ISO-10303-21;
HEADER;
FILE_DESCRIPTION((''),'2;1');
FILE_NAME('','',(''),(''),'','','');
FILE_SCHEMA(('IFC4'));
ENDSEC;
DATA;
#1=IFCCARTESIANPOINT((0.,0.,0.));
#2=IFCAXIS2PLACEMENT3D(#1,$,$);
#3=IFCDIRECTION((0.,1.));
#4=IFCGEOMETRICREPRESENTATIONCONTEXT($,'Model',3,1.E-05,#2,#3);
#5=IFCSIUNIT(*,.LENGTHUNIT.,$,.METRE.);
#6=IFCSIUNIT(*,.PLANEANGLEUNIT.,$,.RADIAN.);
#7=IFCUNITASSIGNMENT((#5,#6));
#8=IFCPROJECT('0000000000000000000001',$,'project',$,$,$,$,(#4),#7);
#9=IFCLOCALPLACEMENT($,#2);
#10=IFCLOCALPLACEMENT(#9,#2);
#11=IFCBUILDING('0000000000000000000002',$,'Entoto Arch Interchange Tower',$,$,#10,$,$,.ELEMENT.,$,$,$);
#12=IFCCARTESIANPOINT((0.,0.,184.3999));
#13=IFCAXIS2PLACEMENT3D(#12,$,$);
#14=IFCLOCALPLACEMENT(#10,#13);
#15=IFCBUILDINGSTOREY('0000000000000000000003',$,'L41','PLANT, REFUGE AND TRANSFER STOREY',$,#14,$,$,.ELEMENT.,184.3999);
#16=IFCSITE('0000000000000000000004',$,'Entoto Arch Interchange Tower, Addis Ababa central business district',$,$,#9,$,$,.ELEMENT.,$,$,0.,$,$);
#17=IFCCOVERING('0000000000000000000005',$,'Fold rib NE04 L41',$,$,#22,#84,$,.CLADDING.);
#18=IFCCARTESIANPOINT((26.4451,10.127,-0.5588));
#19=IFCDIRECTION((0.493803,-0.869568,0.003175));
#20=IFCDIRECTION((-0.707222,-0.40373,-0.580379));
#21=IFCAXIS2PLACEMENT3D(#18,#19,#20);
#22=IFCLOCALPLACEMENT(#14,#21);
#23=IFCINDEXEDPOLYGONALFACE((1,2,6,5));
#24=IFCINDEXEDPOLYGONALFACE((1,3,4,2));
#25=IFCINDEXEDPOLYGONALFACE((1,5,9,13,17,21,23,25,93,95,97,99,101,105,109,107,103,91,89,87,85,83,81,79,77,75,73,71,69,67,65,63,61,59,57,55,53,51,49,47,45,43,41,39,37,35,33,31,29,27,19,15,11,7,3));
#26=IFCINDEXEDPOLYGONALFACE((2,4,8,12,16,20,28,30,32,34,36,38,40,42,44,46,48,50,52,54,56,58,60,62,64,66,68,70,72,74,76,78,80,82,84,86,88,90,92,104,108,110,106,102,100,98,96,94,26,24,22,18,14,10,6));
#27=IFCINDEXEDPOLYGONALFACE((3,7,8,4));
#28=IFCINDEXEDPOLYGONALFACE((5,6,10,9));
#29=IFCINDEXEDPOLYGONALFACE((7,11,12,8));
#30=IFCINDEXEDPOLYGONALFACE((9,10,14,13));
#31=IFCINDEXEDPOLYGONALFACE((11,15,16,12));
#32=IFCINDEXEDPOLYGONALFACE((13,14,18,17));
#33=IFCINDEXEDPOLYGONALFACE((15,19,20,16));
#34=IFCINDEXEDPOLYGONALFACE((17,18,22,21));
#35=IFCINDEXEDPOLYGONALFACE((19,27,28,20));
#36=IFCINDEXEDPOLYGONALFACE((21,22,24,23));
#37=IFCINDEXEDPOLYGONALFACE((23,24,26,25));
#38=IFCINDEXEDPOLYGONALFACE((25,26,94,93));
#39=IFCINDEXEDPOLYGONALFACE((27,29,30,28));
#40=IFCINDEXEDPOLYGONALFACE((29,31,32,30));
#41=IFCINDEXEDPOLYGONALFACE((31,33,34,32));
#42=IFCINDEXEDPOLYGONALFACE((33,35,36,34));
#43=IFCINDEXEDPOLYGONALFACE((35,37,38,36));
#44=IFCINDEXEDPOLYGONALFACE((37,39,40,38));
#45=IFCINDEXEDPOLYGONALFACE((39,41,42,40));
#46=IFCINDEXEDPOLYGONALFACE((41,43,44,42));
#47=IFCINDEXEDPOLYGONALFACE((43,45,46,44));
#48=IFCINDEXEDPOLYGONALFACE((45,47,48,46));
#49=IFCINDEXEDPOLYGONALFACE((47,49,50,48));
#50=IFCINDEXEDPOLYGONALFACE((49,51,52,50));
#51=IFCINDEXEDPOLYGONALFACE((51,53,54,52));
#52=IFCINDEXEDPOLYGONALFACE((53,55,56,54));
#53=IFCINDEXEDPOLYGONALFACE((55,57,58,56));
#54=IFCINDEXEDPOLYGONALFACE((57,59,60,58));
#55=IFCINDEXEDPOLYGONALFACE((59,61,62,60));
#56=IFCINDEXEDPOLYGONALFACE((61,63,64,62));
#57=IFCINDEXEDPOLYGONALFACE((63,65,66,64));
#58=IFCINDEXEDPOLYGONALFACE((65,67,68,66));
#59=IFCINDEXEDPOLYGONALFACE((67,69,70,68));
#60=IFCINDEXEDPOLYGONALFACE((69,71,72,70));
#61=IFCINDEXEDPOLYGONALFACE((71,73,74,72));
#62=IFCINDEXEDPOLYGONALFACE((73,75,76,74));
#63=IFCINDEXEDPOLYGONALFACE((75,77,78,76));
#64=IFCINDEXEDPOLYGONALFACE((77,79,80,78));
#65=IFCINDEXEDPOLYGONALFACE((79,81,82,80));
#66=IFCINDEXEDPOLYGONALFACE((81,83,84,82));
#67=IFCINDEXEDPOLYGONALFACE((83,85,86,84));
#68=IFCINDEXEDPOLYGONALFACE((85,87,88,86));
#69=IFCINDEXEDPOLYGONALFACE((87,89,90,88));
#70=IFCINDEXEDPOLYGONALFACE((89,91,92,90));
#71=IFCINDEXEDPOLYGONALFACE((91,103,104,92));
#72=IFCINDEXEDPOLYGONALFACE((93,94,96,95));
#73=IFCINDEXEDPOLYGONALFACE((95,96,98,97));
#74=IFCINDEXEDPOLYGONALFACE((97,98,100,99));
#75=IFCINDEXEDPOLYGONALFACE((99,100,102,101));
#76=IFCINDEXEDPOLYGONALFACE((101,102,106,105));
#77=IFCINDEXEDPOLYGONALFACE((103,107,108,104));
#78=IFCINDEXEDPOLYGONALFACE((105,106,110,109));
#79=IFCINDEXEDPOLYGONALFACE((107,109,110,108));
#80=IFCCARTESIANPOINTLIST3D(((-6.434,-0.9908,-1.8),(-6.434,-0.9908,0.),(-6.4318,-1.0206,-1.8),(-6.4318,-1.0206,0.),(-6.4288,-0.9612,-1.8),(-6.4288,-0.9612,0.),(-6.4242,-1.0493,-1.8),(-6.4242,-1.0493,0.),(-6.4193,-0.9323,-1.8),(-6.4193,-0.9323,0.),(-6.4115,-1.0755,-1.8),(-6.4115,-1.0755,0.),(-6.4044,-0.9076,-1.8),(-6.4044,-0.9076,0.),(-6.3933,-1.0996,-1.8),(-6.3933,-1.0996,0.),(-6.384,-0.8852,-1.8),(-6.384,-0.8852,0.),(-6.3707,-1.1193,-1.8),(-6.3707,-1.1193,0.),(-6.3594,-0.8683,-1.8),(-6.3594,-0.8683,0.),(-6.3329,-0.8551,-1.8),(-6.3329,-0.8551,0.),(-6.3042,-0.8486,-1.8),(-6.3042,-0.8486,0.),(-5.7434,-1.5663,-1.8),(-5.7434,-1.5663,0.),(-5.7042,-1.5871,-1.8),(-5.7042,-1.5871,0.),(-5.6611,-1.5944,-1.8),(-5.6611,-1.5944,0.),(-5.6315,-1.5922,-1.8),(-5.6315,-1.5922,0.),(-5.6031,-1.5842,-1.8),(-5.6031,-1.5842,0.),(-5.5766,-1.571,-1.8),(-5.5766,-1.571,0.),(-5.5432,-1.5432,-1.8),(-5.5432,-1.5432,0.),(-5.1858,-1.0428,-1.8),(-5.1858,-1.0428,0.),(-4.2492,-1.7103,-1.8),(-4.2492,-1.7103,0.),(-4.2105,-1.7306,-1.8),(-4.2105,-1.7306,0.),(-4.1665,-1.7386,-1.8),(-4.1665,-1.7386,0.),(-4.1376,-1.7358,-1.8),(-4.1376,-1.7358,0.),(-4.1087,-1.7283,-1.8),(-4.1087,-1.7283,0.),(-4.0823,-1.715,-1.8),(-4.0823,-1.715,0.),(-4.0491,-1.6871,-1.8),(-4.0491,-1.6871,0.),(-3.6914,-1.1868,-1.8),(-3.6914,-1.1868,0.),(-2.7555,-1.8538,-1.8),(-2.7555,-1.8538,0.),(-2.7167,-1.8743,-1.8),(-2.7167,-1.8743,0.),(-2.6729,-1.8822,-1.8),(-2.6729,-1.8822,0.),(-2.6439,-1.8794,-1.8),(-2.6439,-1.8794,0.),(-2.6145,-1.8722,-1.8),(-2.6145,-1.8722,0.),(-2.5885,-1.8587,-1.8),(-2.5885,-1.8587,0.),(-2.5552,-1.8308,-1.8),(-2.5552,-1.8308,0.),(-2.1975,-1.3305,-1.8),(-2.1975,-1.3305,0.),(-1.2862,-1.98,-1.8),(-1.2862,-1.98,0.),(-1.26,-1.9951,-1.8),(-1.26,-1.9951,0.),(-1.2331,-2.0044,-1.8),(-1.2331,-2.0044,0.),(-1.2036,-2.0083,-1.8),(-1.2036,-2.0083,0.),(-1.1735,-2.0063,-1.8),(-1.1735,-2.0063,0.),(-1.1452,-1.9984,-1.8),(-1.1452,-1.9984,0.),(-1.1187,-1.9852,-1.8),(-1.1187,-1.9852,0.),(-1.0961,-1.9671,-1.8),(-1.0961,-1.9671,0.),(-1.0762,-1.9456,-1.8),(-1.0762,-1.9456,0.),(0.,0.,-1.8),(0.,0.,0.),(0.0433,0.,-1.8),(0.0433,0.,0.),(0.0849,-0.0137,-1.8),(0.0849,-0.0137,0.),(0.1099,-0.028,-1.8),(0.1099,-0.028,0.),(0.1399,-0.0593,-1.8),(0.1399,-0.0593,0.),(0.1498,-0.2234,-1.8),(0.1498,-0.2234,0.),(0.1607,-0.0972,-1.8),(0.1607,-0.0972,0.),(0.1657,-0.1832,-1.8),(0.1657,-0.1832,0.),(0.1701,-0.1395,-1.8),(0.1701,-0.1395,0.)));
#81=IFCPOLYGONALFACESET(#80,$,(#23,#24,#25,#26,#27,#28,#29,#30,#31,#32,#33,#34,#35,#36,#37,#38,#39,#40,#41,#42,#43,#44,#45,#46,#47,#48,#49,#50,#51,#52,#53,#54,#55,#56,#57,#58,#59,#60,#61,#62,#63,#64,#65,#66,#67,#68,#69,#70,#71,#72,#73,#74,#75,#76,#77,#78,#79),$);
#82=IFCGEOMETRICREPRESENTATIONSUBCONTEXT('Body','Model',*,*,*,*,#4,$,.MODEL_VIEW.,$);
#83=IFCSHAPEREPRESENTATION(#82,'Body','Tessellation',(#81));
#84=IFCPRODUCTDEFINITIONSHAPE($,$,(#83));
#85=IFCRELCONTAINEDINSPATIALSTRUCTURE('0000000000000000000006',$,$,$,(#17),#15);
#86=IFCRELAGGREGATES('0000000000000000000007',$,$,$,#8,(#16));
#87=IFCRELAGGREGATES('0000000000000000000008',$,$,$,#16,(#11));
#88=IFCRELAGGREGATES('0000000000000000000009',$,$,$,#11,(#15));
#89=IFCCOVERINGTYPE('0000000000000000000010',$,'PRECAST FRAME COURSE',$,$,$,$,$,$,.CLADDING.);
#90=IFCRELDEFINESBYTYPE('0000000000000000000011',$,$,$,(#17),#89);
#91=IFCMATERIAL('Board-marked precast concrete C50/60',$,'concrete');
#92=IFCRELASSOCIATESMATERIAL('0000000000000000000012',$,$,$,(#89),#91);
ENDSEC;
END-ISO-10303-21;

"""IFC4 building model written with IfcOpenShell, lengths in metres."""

from ifc_helpers import new_model, si_unit, direction, frame, origin, place, context, subcontext, project, spatial, polyline, outline, extrude, material, type_object, element, save


model = new_model("IFC4")

# Units and contexts
model_context = context("Model", 3, precision=1e-05, world=origin(), true_north=direction((0.0, 1.0)))
body_context = subcontext(model_context, "Body", "Model", "MODEL_VIEW")
ifc_project = project(units=[si_unit("LENGTHUNIT", "METRE"), si_unit("PLANEANGLEUNIT", "RADIAN")], contexts=[model_context])

# Site, building, storey
site_placement = place(None, origin())
site = spatial("IfcSite", under=ifc_project, at=site_placement, Name="Entoto Arch Interchange Tower, Addis Ababa central business district", CompositionType="ELEMENT", RefElevation=0.0)
building_placement = place(site_placement, origin())
building = spatial("IfcBuilding", under=site, at=building_placement, Name="Entoto Arch Interchange Tower", CompositionType="ELEMENT")
storey_placement = place(building_placement, frame((0.0, 0.0, 184.3999)))
storey = spatial("IfcBuildingStorey", under=building, at=storey_placement, Name="L41", Description="PLANT, REFUGE AND TRANSFER STOREY", CompositionType="ELEMENT", Elevation=184.3999)

# Shared definitions
ifc_material_1 = material(Name="Board-marked precast concrete C50/60", Category="concrete")

# Covering
covering_type = type_object("IfcCoveringType", Name="PRECAST FRAME COURSE", PredefinedType="CLADDING", material=ifc_material_1)
covering_placement = place(storey_placement, frame((26.4451, 10.127, -0.5588), z_axis=(0.493803, -0.869568, 0.003175), x_axis=(-0.707222, -0.40373, -0.580379)))
element("IfcCovering", 1, at=covering_placement, inside=storey, type_object=covering_type, Name="Fold rib NE04 L41", PredefinedType="CLADDING", context=body_context, shape_type="SweptSolid", body=[
    extrude(outline(polyline([(0.0, 0.0), (0.0433, 0.0), (0.0849, -0.0137), (0.1099, -0.028), (0.1399, -0.0593), (0.1607, -0.0972), (0.1701, -0.1395), (0.1657, -0.1832), (0.1498, -0.2234), (-1.0762, -1.9456), (-1.0961, -1.9671), (-1.1187, -1.9852), (-1.1452, -1.9984), (-1.1735, -2.0063), (-1.2036, -2.0083), (-1.2331, -2.0044), (-1.26, -1.9951), (-1.2862, -1.98), (-2.1975, -1.3305), (-2.5552, -1.8308), (-2.5885, -1.8587), (-2.6145, -1.8722), (-2.6439, -1.8794), (-2.6729, -1.8822), (-2.7167, -1.8743), (-2.7555, -1.8538), (-3.6914, -1.1868), (-4.0491, -1.6871), (-4.0823, -1.715), (-4.1087, -1.7283), (-4.1376, -1.7358), (-4.1665, -1.7386), (-4.2105, -1.7306), (-4.2492, -1.7103), (-5.1858, -1.0428), (-5.5432, -1.5432), (-5.5766, -1.571), (-5.6031, -1.5842), (-5.6315, -1.5922), (-5.6611, -1.5944), (-5.7042, -1.5871), (-5.7434, -1.5663), (-6.3707, -1.1193), (-6.3933, -1.0996), (-6.4115, -1.0755), (-6.4242, -1.0493), (-6.4318, -1.0206), (-6.434, -0.9908), (-6.4288, -0.9612), (-6.4193, -0.9323), (-6.4044, -0.9076), (-6.384, -0.8852), (-6.3594, -0.8683), (-6.3329, -0.8551), (-6.3042, -0.8486), (0.0, 0.0)])), origin(), (0.0, 0.0, -1.0), 1.8),
])

save(model, "model.ifc")
